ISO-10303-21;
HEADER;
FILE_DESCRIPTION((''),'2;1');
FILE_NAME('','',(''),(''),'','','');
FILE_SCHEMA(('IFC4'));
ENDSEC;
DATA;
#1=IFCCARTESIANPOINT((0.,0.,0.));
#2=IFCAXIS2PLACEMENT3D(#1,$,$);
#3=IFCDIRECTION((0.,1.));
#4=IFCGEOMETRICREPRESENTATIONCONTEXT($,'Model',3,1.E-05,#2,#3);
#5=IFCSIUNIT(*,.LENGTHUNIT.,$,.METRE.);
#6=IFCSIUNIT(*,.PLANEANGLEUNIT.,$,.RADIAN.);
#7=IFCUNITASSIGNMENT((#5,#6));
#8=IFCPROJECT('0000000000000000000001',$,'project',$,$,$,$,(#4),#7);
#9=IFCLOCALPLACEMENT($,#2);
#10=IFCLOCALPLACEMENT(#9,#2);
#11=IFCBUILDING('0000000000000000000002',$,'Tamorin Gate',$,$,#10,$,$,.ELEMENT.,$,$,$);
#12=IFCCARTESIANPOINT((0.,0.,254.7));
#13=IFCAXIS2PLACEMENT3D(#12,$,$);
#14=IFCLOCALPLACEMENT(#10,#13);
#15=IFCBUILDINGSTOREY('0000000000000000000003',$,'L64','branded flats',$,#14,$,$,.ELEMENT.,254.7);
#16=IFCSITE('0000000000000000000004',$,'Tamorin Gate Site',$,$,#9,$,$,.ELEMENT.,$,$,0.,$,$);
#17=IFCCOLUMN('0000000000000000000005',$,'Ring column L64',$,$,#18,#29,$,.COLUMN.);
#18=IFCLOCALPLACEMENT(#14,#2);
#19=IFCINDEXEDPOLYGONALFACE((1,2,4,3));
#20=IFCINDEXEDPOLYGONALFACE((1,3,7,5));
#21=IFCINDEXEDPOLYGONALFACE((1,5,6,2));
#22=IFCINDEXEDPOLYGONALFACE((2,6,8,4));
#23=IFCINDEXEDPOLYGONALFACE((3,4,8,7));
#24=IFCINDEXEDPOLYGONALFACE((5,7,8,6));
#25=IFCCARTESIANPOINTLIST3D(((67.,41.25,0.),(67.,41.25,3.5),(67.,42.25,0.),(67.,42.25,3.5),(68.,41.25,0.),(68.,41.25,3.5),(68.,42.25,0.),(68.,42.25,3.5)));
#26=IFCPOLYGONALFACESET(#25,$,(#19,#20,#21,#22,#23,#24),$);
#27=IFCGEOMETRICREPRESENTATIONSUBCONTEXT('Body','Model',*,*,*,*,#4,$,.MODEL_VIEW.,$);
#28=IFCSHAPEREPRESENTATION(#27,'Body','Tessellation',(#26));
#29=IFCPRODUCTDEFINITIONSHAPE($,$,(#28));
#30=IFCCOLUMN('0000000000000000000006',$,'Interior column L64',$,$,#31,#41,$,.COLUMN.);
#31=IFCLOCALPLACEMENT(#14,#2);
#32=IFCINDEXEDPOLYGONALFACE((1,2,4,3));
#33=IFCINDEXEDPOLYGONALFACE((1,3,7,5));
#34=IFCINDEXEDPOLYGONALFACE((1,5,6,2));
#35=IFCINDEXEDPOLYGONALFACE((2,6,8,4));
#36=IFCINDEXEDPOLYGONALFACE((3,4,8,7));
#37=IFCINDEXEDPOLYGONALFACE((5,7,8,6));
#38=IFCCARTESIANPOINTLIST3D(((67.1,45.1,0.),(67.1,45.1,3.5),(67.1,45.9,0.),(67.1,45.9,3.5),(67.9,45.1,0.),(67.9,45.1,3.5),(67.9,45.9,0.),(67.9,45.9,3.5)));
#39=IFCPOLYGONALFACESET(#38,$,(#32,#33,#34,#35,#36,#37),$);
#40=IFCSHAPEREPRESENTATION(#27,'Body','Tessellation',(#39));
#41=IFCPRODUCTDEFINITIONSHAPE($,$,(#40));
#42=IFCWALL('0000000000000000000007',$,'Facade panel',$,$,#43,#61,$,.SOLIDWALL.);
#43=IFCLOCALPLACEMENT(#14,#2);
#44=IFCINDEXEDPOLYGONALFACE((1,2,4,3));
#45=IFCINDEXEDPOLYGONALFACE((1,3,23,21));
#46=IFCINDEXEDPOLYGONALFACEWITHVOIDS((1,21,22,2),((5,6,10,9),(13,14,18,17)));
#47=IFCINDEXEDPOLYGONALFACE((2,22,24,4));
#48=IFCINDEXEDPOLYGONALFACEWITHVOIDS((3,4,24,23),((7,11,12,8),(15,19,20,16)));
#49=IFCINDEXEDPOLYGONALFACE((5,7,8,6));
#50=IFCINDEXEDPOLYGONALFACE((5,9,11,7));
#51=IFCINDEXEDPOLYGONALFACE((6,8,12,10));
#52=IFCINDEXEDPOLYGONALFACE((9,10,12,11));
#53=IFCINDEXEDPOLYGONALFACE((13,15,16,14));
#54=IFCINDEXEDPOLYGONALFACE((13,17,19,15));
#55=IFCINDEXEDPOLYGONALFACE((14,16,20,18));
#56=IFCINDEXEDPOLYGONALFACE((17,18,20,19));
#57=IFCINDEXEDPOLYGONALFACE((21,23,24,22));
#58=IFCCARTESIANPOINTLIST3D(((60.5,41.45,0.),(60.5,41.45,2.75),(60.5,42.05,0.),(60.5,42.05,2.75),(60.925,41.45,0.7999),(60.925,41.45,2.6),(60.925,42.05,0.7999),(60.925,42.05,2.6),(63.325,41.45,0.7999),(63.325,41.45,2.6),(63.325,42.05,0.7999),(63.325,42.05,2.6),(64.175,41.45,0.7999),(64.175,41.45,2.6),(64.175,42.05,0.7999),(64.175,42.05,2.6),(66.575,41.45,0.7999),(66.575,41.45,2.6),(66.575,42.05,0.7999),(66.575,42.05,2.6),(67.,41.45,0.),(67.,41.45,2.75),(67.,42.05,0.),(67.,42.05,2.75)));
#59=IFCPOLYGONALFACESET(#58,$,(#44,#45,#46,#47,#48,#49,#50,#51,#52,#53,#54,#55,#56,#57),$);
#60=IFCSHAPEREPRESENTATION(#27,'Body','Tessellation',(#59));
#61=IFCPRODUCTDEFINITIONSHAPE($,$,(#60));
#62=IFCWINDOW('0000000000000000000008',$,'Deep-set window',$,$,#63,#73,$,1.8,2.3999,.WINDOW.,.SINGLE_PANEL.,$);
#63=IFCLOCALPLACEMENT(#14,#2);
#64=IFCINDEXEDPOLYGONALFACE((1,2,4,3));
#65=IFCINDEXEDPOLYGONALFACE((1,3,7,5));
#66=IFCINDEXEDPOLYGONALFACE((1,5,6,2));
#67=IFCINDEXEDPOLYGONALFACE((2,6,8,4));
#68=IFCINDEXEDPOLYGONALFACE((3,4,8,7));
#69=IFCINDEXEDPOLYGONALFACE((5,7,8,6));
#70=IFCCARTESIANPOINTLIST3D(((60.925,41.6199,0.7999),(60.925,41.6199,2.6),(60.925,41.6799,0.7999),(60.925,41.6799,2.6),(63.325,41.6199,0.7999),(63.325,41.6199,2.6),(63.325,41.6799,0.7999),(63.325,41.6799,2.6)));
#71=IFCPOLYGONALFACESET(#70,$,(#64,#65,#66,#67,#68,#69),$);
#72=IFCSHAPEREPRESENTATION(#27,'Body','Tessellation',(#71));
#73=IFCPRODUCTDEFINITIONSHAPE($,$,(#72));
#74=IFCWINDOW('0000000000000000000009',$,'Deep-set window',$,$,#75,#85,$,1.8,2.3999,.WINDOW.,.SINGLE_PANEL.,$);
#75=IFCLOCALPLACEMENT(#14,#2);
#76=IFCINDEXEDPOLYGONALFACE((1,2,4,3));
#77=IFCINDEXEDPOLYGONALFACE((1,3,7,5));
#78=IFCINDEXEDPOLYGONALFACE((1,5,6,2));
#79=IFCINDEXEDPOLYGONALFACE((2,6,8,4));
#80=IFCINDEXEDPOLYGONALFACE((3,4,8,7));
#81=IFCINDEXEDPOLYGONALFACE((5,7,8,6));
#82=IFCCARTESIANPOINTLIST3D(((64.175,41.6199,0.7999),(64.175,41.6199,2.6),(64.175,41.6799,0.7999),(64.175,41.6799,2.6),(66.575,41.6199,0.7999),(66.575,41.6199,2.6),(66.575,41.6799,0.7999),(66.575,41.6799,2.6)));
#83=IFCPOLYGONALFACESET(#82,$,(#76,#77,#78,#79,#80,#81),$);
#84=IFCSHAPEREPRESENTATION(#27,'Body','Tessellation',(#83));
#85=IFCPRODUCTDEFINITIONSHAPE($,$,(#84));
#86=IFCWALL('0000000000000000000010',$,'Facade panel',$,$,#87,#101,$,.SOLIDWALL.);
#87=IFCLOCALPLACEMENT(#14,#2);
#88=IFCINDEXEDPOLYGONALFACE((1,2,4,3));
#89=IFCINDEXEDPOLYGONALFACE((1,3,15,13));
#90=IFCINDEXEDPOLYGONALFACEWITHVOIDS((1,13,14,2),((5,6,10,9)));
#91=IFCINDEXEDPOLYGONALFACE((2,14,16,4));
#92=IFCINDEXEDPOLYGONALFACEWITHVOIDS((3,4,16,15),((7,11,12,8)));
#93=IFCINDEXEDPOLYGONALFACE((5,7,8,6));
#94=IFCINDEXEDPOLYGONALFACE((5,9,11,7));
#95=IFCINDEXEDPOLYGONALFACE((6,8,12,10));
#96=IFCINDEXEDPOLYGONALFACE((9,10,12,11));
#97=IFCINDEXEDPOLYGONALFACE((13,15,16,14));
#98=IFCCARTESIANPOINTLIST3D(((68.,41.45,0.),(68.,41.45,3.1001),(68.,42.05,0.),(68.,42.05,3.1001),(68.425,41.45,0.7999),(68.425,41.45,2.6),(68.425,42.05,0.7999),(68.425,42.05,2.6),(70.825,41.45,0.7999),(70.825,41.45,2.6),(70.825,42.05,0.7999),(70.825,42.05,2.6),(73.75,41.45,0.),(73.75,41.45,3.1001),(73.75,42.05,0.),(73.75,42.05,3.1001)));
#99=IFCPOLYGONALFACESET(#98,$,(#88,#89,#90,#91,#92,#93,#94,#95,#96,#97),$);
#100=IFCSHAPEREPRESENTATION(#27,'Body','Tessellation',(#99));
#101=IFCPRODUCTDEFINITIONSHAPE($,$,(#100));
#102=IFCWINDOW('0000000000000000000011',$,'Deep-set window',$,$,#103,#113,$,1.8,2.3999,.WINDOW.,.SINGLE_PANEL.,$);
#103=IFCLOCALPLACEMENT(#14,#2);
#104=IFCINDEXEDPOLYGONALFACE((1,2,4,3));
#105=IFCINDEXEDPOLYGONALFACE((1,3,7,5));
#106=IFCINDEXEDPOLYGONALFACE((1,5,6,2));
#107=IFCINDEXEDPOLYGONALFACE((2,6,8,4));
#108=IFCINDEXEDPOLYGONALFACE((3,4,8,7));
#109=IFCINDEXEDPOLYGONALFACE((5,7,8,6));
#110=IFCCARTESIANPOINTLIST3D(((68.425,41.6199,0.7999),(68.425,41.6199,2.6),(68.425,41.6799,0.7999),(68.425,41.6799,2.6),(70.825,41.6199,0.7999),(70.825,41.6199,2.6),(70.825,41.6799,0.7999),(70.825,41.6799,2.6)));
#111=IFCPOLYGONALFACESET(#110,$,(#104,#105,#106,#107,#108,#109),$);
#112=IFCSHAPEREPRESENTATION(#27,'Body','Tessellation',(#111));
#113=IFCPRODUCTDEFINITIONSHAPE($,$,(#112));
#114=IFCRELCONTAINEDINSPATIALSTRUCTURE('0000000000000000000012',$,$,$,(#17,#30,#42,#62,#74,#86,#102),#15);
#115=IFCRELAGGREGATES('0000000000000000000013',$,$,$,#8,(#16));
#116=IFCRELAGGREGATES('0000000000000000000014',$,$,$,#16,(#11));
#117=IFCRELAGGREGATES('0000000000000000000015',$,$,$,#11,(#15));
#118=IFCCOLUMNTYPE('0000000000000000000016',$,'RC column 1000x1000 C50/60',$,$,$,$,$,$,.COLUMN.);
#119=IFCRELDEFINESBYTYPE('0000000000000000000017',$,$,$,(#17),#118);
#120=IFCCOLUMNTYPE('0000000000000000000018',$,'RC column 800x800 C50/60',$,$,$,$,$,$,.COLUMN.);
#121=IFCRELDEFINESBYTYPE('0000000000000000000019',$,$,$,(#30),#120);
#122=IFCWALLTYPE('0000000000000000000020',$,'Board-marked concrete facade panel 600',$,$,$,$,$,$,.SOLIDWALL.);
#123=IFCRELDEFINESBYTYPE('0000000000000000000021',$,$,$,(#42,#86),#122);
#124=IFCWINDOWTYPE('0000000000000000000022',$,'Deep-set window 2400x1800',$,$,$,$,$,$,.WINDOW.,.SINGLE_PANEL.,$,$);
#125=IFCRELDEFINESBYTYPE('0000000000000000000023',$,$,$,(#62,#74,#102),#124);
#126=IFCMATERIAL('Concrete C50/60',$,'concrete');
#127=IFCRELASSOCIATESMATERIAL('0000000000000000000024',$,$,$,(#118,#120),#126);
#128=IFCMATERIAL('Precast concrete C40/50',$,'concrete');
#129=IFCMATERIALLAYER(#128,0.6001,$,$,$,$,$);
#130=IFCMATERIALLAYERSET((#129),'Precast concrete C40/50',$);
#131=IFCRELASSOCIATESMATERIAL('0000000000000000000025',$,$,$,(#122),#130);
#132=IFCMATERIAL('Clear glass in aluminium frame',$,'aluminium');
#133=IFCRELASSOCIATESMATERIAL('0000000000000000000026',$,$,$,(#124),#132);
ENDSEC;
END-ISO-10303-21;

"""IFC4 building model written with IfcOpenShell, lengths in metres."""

from ifc_helpers import new_model, si_unit, direction, frame, frame_2d, origin, origin_2d, place, context, subcontext, project, spatial, rectangle, extrude, material, layer, layer_set, material_profile, profile_set, type_object, element, fill, save


model = new_model("IFC4")

# Units and contexts
model_context = context("Model", 3, precision=1e-05, world=origin(), true_north=direction((0.0, 1.0)))
body_context = subcontext(model_context, "Body", "Model", "MODEL_VIEW")
ifc_project = project(units=[si_unit("LENGTHUNIT", "METRE"), si_unit("PLANEANGLEUNIT", "RADIAN")], contexts=[model_context])

# Site, building, storey
site_placement = place(None, origin())
site = spatial("IfcSite", under=ifc_project, at=site_placement, Name="Tamorin Gate Site", CompositionType="ELEMENT", RefElevation=0.0)
building_placement = place(site_placement, origin())
building = spatial("IfcBuilding", under=site, at=building_placement, Name="Tamorin Gate", CompositionType="ELEMENT")
storey_placement = place(building_placement, frame((0.0, 0.0, 254.7)))
storey = spatial("IfcBuildingStorey", under=building, at=storey_placement, Name="L64", Description="branded flats", CompositionType="ELEMENT", Elevation=254.7)

# Columns
ifc_material_1 = material(Name="Concrete C50/60", Category="concrete")
ifc_material_profile_1 = material_profile(ifc_material_1, rectangle(XDim=1.0, YDim=1.0, at=origin_2d()), Name="RC 1000x1000")
ifc_profile_set_1 = profile_set([ifc_material_profile_1], Name="Concrete C50/60")
column_type_1 = type_object("IfcColumnType", Name="RC column 1000x1000 C50/60", PredefinedType="COLUMN", material=ifc_profile_set_1)
column_1_placement = place(storey_placement, frame((67.5, 41.75, 0.0), z_axis=(0.0, 0.0, 1.0), x_axis=(1.0, 0.0, 0.0)))
element("IfcColumn", 1, at=column_1_placement, inside=storey, type_object=column_type_1, Name="Ring column L64", PredefinedType="COLUMN", context=body_context, shape_type="SweptSolid", body=[
    extrude(rectangle(XDim=1.0, YDim=1.0, at=origin_2d()), origin(), (0.0, 0.0, 1.0), 3.5),
])
ifc_material_profile_2 = material_profile(ifc_material_1, rectangle(XDim=0.8, YDim=0.8, at=origin_2d()), Name="RC 800x800")
ifc_profile_set_2 = profile_set([ifc_material_profile_2], Name="Concrete C50/60")
column_type_2 = type_object("IfcColumnType", Name="RC column 800x800 C50/60", PredefinedType="COLUMN", material=ifc_profile_set_2)
column_2_placement = place(storey_placement, frame((67.5, 45.5, 0.0), z_axis=(0.0, 0.0, 1.0), x_axis=(1.0, 0.0, 0.0)))
element("IfcColumn", 2, at=column_2_placement, inside=storey, type_object=column_type_2, Name="Interior column L64", PredefinedType="COLUMN", context=body_context, shape_type="SweptSolid", body=[
    extrude(rectangle(XDim=0.8, YDim=0.8, at=origin_2d()), origin(), (0.0, 0.0, 1.0), 3.5),
])

# Wall, openings, windows
ifc_material_2 = material(Name="Precast concrete C40/50", Category="concrete")
ifc_layer_1 = layer(ifc_material_2, 0.6001)
ifc_layer_set_1 = layer_set([ifc_layer_1], Name="Precast concrete C40/50")
wall_type_1 = type_object("IfcWallType", Name="Board-marked concrete facade panel 600", PredefinedType="SOLIDWALL", material=ifc_layer_set_1)
wall_1_placement = place(storey_placement, frame((60.5, 41.75, 0.0), z_axis=(0.0, 0.0, 1.0), x_axis=(1.0, 0.0, 0.0)))
wall_1 = element("IfcWall", 3, at=wall_1_placement, inside=storey, type_object=wall_type_1, Name="Facade panel", PredefinedType="SOLIDWALL", context=body_context, shape_type="SweptSolid", body=[
    extrude(rectangle(XDim=6.5, YDim=0.6001, at=frame_2d((3.25, 0.0))), origin(), (0.0, 0.0, 1.0), 2.75),
])
opening_1_placement = place(wall_1_placement, frame((0.425, 0.0, 0.8)))
opening_1 = element("IfcOpeningElement", 4, at=opening_1_placement, cuts=wall_1, PredefinedType="OPENING", context=body_context, shape_type="SweptSolid", body=[
    extrude(rectangle(XDim=2.3999, YDim=1.8, at=frame_2d((1.2, 0.8999))), frame((0.0, 0.3101, 0.0), z_axis=(0.0, -1.0, 0.0), x_axis=(1.0, 0.0, 0.0)), (0.0, 0.0, 1.0), 0.6201),
])
opening_2_placement = place(wall_1_placement, frame((3.675, 0.0, 0.8)))
opening_2 = element("IfcOpeningElement", 5, at=opening_2_placement, cuts=wall_1, PredefinedType="OPENING", context=body_context, shape_type="SweptSolid", body=[
    extrude(rectangle(XDim=2.3999, YDim=1.8, at=frame_2d((1.2, 0.8999))), frame((0.0, 0.3101, 0.0), z_axis=(0.0, -1.0, 0.0), x_axis=(1.0, 0.0, 0.0)), (0.0, 0.0, 1.0), 0.6201),
])
ifc_material_3 = material(Name="Clear glass in aluminium frame", Category="aluminium")
window_type = type_object("IfcWindowType", Name="Deep-set window 2400x1800", PartitioningType="SINGLE_PANEL", PredefinedType="WINDOW", material=ifc_material_3)
window_1_placement = place(opening_1_placement, origin())
window_1 = element("IfcWindow", 6, at=window_1_placement, inside=storey, type_object=window_type, Name="Deep-set window", OverallHeight=1.8, OverallWidth=2.3999, PartitioningType="SINGLE_PANEL", PredefinedType="WINDOW", context=body_context, shape_type="SweptSolid", body=[
    extrude(rectangle(XDim=2.3999, YDim=1.8, at=frame_2d((1.2, 0.8999))), frame((0.0, -0.0701, 0.0), z_axis=(0.0, -1.0, 0.0), x_axis=(1.0, 0.0, 0.0)), (0.0, 0.0, 1.0), 0.0601),
])
fill(opening_1, window_1)
window_2_placement = place(opening_2_placement, origin())
window_2 = element("IfcWindow", 7, at=window_2_placement, inside=storey, type_object=window_type, Name="Deep-set window", OverallHeight=1.8, OverallWidth=2.3999, PartitioningType="SINGLE_PANEL", PredefinedType="WINDOW", context=body_context, shape_type="SweptSolid", body=[
    extrude(rectangle(XDim=2.3999, YDim=1.8, at=frame_2d((1.2, 0.8999))), frame((0.0, -0.0701, 0.0), z_axis=(0.0, -1.0, 0.0), x_axis=(1.0, 0.0, 0.0)), (0.0, 0.0, 1.0), 0.0601),
])
fill(opening_2, window_2)

# Wall, opening, window
wall_2_placement = place(storey_placement, frame((68.0, 41.75, 0.0), z_axis=(0.0, 0.0, 1.0), x_axis=(1.0, 0.0, 0.0)))
wall_2 = element("IfcWall", 8, at=wall_2_placement, inside=storey, type_object=wall_type_1, Name="Facade panel", PredefinedType="SOLIDWALL", context=body_context, shape_type="SweptSolid", body=[
    extrude(rectangle(XDim=5.75, YDim=0.6001, at=frame_2d((2.875, 0.0))), origin(), (0.0, 0.0, 1.0), 3.1001),
])
opening_3_placement = place(wall_2_placement, frame((0.425, 0.0, 0.8)))
opening_3 = element("IfcOpeningElement", 9, at=opening_3_placement, cuts=wall_2, PredefinedType="OPENING", context=body_context, shape_type="SweptSolid", body=[
    extrude(rectangle(XDim=2.3999, YDim=1.8, at=frame_2d((1.2, 0.8999))), frame((0.0, 0.3101, 0.0), z_axis=(0.0, -1.0, 0.0), x_axis=(1.0, 0.0, 0.0)), (0.0, 0.0, 1.0), 0.6201),
])
window_3_placement = place(opening_3_placement, origin())
window_3 = element("IfcWindow", 10, at=window_3_placement, inside=storey, type_object=window_type, Name="Deep-set window", OverallHeight=1.8, OverallWidth=2.3999, PartitioningType="SINGLE_PANEL", PredefinedType="WINDOW", context=body_context, shape_type="SweptSolid", body=[
    extrude(rectangle(XDim=2.3999, YDim=1.8, at=frame_2d((1.2, 0.8999))), frame((0.0, -0.0701, 0.0), z_axis=(0.0, -1.0, 0.0), x_axis=(1.0, 0.0, 0.0)), (0.0, 0.0, 1.0), 0.0601),
])
fill(opening_3, window_3)

save(model, "model.ifc")
